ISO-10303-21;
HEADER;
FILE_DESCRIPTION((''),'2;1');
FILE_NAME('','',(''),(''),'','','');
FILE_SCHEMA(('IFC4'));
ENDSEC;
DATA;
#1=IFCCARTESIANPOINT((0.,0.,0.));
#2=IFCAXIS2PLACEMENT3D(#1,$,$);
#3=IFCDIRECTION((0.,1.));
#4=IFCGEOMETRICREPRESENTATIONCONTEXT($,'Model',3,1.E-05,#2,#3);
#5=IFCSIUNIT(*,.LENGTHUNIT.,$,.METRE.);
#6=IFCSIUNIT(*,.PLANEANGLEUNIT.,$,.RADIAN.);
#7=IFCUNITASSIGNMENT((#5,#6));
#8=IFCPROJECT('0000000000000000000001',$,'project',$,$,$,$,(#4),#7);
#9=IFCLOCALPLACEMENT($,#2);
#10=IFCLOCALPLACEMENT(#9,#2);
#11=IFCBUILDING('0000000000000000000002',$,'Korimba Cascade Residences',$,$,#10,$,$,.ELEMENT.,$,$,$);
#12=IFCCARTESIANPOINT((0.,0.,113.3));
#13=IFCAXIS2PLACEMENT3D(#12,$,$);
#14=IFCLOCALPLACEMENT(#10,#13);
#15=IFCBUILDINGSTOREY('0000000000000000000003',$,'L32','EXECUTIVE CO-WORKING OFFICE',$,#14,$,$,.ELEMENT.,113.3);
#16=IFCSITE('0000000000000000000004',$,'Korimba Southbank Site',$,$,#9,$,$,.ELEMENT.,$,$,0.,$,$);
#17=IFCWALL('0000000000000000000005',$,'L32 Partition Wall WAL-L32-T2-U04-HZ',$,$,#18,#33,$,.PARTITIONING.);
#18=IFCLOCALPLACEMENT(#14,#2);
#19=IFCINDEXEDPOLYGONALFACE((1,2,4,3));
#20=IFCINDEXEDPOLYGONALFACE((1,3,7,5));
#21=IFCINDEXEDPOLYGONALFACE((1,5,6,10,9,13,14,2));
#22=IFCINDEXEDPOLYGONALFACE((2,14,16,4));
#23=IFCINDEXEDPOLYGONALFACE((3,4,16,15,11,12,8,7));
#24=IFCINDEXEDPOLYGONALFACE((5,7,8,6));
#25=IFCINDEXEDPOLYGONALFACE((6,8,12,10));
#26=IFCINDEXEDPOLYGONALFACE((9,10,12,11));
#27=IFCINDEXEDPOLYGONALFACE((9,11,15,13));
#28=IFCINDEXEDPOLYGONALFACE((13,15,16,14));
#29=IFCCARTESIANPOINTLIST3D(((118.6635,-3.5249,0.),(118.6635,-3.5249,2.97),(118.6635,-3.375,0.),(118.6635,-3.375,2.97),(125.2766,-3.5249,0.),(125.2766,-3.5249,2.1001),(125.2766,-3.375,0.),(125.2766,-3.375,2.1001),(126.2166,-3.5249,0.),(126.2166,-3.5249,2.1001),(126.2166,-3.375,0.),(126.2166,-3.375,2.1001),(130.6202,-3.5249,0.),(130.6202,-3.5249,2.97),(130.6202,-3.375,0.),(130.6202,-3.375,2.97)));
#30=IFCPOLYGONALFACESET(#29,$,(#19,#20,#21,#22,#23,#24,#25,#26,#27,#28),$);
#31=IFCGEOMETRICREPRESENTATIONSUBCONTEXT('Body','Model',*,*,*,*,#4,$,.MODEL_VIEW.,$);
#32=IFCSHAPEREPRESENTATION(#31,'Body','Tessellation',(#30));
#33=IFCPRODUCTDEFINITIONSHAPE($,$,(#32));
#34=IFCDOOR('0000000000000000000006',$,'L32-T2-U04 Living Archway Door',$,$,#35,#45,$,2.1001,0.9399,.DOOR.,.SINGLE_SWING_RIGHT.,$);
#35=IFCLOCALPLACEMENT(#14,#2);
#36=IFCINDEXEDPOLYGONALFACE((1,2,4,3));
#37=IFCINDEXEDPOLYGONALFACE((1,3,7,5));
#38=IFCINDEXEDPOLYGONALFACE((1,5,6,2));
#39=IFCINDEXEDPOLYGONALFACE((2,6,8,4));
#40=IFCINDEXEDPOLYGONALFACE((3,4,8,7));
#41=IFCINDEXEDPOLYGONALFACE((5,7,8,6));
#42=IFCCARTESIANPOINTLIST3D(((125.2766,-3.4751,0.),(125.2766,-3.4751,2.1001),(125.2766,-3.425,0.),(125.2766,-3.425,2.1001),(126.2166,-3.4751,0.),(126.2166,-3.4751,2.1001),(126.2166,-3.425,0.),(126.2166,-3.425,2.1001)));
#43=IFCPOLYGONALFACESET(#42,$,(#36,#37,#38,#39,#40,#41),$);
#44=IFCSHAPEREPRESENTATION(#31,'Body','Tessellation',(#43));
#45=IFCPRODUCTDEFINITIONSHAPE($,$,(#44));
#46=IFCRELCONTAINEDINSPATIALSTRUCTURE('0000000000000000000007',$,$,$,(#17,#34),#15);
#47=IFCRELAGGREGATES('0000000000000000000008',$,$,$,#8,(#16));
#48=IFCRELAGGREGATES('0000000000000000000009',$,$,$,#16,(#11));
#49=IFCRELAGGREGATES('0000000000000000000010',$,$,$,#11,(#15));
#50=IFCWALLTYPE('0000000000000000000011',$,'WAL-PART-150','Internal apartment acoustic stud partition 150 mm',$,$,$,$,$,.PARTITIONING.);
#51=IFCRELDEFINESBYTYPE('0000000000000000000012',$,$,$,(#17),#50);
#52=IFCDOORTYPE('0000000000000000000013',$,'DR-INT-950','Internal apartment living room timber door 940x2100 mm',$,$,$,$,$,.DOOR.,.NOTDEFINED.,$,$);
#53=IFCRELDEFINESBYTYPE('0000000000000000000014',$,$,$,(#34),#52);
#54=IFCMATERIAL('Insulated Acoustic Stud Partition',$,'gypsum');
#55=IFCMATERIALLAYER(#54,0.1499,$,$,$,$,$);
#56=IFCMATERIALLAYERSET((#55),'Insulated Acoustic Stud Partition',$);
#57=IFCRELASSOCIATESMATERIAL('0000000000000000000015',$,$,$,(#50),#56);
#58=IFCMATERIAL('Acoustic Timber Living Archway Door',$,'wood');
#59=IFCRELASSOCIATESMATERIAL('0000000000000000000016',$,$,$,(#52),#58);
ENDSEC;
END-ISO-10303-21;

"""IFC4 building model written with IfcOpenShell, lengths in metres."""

from ifc_helpers import new_model, si_unit, direction, frame, frame_2d, origin, place, context, subcontext, project, spatial, rectangle, extrude, material, layer, layer_set, type_object, element, fill, save


model = new_model("IFC4")

# Units and contexts
model_context = context("Model", 3, precision=1e-05, world=origin(), true_north=direction((0.0, 1.0)))
body_context = subcontext(model_context, "Body", "Model", "MODEL_VIEW")
ifc_project = project(units=[si_unit("LENGTHUNIT", "METRE"), si_unit("PLANEANGLEUNIT", "RADIAN")], contexts=[model_context])

# Site, building, storey
site_placement = place(None, origin())
site = spatial("IfcSite", under=ifc_project, at=site_placement, Name="Korimba Southbank Site", CompositionType="ELEMENT", RefElevation=0.0)
building_placement = place(site_placement, origin())
building = spatial("IfcBuilding", under=site, at=building_placement, Name="Korimba Cascade Residences", CompositionType="ELEMENT")
storey_placement = place(building_placement, frame((0.0, 0.0, 113.3)))
storey = spatial("IfcBuildingStorey", under=building, at=storey_placement, Name="L32", Description="EXECUTIVE CO-WORKING OFFICE", CompositionType="ELEMENT", Elevation=113.3)

# Shared definitions
ifc_material_1 = material(Name="Insulated Acoustic Stud Partition", Category="gypsum")
ifc_layer = layer(ifc_material_1, 0.1499)
ifc_layer_set = layer_set([ifc_layer], Name="Insulated Acoustic Stud Partition")
wall_type = type_object("IfcWallType", Name="WAL-PART-150", Description="Internal apartment acoustic stud partition 150 mm", PredefinedType="PARTITIONING", material=ifc_layer_set)

# Wall, opening, door
wall_1_placement = place(storey_placement, frame((118.6633, -3.45, 0.0), z_axis=(0.0, 0.0, 1.0), x_axis=(1.0, 0.0, 0.0)))
wall_1 = element("IfcWall", 1, at=wall_1_placement, inside=storey, type_object=wall_type, Name="L32 Partition Wall WAL-L32-T2-U04-HZ", PredefinedType="PARTITIONING", context=body_context, shape_type="SweptSolid", body=[
    extrude(rectangle(XDim=11.9568, YDim=0.1499, at=frame_2d((5.9785, 0.0))), origin(), (0.0, 0.0, 1.0), 2.97),
])
opening_1_placement = place(wall_1_placement, frame((6.6133, 0.0, 0.0)))
opening_1 = element("IfcOpeningElement", 2, at=opening_1_placement, cuts=wall_1, PredefinedType="OPENING", context=body_context, shape_type="SweptSolid", body=[
    extrude(rectangle(XDim=0.9399, YDim=2.1001, at=frame_2d((0.47, 1.05))), frame((0.0, 0.085, 0.0), z_axis=(0.0, -1.0, 0.0), x_axis=(1.0, 0.0, 0.0)), (0.0, 0.0, 1.0), 0.1699),
])
ifc_material_2 = material(Name="Acoustic Timber Living Archway Door", Category="wood")
door_type_1 = type_object("IfcDoorType", Name="DR-INT-950", Description="Internal apartment living room timber door 940x2100 mm", OperationType="NOTDEFINED", PredefinedType="DOOR", material=ifc_material_2)
door_1_placement = place(opening_1_placement, origin())
door_1 = element("IfcDoor", 3, at=door_1_placement, inside=storey, type_object=door_type_1, Name="L32-T2-U04 Living Archway Door", OperationType="SINGLE_SWING_RIGHT", OverallHeight=2.1001, OverallWidth=0.9399, PredefinedType="DOOR", context=body_context, shape_type="SweptSolid", body=[
    extrude(rectangle(XDim=0.9399, YDim=2.1001, at=frame_2d((0.47, 1.05))), frame((0.0, 0.0249, 0.0), z_axis=(0.0, -1.0, 0.0), x_axis=(1.0, 0.0, 0.0)), (0.0, 0.0, 1.0), 0.05),
])
fill(opening_1, door_1)

save(model, "model.ifc")
